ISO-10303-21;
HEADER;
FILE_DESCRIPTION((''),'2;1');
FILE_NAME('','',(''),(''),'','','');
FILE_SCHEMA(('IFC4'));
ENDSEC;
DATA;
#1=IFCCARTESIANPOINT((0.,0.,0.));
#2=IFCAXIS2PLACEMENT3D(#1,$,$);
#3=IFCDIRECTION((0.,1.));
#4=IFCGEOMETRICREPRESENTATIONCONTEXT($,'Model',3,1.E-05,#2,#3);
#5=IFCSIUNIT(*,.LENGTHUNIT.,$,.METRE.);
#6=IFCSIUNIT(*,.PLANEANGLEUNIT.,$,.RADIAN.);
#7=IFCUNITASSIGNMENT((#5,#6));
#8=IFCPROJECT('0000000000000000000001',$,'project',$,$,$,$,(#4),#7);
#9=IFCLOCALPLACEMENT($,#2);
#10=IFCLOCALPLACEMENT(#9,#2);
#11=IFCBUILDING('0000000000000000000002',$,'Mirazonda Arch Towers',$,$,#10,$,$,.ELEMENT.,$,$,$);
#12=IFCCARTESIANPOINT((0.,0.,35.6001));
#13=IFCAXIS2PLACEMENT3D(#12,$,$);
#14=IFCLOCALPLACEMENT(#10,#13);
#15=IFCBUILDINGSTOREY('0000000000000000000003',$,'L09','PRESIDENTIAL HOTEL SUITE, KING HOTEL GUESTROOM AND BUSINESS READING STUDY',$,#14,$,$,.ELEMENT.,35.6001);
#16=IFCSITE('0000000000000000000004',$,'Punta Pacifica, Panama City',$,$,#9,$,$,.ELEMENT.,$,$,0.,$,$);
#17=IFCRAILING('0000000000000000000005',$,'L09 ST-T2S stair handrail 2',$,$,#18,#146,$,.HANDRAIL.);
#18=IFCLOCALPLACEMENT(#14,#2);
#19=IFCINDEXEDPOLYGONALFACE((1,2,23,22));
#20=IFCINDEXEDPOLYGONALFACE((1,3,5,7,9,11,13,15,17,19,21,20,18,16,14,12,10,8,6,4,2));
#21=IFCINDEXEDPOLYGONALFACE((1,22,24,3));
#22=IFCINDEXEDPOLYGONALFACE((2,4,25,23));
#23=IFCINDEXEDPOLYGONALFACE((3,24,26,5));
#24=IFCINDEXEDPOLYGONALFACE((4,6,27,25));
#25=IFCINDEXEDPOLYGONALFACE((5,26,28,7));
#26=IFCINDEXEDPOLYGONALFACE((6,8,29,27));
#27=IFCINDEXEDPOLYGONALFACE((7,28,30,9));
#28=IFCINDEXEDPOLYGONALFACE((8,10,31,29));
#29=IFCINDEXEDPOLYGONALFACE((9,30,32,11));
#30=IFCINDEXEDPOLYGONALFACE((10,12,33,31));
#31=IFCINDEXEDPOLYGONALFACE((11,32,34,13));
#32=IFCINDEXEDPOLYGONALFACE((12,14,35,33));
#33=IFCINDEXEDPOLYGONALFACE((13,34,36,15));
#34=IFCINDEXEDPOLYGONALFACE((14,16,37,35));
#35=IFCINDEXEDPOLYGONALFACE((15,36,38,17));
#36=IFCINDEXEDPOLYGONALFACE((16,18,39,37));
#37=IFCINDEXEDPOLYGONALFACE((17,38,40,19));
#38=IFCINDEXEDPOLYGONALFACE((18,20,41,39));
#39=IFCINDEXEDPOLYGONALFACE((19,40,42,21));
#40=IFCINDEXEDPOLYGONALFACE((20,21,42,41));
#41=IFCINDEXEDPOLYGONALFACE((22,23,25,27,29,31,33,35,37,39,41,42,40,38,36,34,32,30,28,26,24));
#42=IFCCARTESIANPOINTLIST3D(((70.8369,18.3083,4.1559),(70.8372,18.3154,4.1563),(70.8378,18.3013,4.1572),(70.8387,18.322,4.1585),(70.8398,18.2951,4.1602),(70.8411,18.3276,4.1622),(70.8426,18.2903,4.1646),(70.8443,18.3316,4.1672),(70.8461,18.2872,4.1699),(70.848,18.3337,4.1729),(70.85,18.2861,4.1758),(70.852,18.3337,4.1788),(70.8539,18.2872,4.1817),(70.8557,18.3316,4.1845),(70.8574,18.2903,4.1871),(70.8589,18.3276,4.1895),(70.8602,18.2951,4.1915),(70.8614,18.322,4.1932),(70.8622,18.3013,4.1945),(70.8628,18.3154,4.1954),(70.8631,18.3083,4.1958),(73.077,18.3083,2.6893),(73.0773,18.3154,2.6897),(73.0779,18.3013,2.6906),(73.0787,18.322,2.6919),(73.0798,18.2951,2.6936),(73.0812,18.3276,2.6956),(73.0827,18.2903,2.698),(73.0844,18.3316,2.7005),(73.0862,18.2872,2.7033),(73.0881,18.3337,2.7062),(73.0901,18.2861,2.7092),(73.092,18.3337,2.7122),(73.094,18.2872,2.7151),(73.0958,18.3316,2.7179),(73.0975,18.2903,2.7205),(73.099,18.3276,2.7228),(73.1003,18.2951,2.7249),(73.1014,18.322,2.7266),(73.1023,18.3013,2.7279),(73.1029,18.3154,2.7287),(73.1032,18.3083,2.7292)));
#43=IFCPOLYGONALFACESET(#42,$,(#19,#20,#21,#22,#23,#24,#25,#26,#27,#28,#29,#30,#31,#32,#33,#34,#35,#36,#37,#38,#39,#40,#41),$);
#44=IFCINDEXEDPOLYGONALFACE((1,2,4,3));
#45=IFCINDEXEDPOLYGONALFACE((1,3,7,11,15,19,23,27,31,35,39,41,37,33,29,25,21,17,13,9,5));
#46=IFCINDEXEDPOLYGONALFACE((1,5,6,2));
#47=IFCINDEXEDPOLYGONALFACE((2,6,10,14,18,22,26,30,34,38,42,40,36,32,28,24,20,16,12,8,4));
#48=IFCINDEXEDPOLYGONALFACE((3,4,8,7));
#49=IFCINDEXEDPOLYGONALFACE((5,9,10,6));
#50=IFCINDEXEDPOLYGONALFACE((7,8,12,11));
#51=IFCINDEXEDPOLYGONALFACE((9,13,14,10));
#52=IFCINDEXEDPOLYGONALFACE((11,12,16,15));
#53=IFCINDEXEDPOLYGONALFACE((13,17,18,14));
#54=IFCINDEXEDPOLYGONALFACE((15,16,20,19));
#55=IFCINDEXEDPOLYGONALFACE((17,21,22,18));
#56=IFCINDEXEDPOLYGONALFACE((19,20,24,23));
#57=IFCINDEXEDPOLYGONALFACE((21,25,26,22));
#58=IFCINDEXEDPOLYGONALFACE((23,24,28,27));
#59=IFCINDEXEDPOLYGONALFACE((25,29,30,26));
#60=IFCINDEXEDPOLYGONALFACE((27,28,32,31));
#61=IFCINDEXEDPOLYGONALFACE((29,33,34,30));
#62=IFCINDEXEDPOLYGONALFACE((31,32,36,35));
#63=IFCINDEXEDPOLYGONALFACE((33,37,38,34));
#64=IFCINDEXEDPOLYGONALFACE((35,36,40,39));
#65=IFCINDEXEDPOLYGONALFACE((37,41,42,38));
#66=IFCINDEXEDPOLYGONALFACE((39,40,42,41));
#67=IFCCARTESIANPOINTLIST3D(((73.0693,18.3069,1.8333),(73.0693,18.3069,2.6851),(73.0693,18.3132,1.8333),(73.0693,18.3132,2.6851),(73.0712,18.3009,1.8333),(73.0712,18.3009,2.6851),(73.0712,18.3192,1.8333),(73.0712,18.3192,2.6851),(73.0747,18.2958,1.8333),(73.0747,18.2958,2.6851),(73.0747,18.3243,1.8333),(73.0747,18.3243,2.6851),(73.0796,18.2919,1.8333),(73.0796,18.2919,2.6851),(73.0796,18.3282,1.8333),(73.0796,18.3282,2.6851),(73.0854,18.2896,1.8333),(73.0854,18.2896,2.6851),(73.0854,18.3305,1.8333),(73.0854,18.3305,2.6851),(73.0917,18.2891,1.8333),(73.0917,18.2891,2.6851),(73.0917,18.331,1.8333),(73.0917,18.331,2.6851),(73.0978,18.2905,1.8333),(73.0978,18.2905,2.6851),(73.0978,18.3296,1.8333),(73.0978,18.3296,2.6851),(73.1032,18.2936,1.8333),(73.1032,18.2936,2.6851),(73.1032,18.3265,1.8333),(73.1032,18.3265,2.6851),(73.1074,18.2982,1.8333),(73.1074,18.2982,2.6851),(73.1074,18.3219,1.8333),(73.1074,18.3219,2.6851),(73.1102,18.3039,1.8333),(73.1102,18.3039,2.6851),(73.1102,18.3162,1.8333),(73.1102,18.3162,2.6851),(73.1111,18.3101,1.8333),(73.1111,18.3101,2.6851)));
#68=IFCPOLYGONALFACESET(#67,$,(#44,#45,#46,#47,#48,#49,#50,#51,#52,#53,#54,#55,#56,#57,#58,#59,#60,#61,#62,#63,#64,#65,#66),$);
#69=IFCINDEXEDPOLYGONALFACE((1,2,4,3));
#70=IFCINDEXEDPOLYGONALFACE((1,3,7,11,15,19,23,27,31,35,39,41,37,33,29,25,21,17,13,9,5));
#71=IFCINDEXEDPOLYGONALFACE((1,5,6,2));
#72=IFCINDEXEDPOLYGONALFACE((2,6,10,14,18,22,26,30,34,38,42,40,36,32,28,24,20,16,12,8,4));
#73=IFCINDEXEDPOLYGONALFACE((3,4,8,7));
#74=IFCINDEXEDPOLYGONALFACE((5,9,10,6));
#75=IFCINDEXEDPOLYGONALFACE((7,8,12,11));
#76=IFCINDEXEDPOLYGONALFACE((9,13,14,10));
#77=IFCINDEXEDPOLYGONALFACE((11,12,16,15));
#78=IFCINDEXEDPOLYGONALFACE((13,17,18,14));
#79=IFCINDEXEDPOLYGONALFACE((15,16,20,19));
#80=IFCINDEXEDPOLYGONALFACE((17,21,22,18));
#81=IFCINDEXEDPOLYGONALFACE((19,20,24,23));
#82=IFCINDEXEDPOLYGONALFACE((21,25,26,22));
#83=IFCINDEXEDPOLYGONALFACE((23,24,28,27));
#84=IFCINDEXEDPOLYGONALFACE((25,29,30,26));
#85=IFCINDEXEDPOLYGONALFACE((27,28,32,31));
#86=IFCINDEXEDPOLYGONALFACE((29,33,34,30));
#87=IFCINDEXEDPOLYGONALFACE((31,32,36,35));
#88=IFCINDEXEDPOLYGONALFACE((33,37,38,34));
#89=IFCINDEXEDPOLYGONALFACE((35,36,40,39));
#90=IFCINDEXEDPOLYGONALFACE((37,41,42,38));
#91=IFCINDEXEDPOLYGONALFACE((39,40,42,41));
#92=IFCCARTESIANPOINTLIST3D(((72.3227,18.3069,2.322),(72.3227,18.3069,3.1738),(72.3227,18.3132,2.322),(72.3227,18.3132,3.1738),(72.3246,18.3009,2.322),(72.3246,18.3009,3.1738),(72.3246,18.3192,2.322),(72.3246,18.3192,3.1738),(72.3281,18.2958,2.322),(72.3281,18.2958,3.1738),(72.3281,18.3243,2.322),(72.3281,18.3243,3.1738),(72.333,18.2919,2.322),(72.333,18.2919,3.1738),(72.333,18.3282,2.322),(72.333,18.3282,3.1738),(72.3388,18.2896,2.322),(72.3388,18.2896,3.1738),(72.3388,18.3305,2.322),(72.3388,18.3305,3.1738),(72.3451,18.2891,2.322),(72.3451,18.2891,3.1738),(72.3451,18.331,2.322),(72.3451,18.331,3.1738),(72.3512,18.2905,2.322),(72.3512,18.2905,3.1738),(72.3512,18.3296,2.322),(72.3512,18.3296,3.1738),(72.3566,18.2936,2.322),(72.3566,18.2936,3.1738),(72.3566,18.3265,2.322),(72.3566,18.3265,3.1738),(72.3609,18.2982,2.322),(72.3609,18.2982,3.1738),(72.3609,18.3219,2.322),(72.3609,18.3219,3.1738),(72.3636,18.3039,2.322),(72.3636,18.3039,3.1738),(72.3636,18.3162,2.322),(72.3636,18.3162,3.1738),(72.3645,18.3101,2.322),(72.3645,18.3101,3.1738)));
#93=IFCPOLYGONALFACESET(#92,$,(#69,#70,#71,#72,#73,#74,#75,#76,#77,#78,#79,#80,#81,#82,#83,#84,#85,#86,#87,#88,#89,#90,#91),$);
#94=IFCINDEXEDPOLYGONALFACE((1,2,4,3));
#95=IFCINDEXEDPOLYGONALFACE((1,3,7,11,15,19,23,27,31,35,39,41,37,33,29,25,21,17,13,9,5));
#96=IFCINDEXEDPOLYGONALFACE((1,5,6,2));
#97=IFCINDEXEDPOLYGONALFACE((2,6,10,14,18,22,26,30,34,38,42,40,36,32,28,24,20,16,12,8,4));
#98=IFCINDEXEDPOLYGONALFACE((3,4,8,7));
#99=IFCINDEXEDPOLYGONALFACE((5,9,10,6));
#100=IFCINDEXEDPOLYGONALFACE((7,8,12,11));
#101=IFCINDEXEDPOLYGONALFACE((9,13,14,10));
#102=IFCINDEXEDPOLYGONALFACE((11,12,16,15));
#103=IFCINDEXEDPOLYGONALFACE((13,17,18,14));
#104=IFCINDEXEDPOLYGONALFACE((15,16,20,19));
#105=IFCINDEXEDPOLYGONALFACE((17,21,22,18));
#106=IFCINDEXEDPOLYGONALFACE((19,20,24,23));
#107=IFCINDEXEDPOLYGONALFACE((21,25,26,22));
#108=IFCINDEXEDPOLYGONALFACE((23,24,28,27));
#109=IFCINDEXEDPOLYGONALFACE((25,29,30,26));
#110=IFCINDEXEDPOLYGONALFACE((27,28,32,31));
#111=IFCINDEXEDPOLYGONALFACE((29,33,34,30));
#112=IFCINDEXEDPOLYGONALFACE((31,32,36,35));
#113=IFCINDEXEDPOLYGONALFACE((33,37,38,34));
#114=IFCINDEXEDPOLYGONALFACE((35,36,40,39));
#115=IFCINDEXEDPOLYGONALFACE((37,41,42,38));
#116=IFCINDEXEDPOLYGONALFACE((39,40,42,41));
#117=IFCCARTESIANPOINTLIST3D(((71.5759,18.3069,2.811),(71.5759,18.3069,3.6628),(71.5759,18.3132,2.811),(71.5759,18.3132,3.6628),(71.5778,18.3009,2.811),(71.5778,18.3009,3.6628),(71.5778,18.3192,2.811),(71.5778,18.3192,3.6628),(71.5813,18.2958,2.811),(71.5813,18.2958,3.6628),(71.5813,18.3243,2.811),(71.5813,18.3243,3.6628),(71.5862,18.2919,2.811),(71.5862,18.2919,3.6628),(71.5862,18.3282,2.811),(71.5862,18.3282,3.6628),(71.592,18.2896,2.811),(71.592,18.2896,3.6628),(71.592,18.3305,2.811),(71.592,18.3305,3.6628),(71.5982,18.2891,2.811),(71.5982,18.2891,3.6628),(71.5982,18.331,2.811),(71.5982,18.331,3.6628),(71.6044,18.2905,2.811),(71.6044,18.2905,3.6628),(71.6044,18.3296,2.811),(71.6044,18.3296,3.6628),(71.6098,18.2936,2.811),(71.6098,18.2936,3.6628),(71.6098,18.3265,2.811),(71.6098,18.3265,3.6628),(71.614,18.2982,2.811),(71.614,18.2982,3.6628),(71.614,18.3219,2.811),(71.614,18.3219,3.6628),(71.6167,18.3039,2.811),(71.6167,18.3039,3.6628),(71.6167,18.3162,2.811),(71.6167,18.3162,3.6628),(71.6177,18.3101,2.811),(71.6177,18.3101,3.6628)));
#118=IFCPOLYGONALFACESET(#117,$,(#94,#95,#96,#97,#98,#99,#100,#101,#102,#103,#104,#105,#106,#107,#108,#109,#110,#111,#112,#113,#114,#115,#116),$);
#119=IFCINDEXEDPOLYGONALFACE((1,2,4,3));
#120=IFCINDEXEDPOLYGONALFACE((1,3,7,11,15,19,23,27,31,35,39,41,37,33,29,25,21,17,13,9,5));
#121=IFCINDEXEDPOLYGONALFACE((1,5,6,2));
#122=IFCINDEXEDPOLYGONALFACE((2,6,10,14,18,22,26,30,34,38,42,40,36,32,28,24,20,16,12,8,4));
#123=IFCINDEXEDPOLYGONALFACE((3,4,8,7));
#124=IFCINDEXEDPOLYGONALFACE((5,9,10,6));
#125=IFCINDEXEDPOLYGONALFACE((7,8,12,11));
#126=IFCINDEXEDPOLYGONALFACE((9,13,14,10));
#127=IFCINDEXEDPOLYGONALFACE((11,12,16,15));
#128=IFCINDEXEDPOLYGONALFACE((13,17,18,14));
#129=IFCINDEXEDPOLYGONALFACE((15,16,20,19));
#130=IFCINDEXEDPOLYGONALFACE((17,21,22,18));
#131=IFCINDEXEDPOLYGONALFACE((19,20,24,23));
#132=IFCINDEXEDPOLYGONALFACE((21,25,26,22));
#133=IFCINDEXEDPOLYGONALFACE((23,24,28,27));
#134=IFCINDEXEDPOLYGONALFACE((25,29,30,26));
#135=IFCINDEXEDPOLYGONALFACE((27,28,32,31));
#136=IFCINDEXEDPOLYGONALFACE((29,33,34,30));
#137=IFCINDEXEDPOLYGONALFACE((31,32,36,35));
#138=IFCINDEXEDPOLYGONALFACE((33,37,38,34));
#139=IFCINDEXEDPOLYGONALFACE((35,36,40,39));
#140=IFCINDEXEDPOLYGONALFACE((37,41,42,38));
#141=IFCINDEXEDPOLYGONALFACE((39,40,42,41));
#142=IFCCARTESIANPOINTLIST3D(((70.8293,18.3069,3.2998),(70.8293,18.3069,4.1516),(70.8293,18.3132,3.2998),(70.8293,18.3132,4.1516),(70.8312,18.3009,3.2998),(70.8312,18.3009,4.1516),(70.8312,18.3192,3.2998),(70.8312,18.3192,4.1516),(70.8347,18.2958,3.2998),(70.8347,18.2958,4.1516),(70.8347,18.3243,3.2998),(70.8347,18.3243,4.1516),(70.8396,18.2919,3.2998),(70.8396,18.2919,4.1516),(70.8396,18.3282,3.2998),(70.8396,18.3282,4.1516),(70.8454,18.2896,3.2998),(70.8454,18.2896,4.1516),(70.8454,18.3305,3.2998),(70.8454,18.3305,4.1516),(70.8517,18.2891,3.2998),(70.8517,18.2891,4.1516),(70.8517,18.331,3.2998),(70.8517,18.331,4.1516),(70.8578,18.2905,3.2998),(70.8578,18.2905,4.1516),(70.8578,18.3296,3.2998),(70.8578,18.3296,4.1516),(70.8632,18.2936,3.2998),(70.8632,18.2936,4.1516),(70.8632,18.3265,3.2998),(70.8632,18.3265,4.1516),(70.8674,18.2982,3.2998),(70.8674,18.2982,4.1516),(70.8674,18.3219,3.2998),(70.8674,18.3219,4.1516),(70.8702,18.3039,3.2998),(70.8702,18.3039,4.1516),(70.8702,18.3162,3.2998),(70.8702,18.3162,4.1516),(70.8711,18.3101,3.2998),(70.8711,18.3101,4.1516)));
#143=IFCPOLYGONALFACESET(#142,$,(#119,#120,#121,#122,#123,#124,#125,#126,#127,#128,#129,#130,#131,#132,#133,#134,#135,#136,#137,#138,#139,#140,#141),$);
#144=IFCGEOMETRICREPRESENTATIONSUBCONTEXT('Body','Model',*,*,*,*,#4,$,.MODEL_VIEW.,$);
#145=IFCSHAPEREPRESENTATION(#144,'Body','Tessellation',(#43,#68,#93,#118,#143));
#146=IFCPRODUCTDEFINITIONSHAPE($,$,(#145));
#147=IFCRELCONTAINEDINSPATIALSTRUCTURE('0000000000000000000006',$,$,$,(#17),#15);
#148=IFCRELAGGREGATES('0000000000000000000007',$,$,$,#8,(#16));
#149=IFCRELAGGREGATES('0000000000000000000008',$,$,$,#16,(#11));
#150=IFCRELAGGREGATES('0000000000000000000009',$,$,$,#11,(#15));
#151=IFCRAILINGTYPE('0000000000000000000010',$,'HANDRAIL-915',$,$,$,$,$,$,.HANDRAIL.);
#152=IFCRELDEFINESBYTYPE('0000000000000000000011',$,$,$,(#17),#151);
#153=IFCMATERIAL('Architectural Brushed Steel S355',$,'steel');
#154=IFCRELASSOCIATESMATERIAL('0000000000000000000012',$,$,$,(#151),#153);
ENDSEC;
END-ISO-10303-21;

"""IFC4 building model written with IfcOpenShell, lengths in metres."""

from ifc_helpers import new_model, si_unit, direction, frame, origin, origin_2d, place, context, subcontext, project, spatial, circle, extrude, material, type_object, element, save


model = new_model("IFC4")

# Units and contexts
model_context = context("Model", 3, precision=1e-05, world=origin(), true_north=direction((0.0, 1.0)))
body_context = subcontext(model_context, "Body", "Model", "MODEL_VIEW")
ifc_project = project(units=[si_unit("LENGTHUNIT", "METRE"), si_unit("PLANEANGLEUNIT", "RADIAN")], contexts=[model_context])

# Site, building, storey
site_placement = place(None, origin())
site = spatial("IfcSite", under=ifc_project, at=site_placement, Name="Punta Pacifica, Panama City", CompositionType="ELEMENT", RefElevation=0.0)
building_placement = place(site_placement, origin())
building = spatial("IfcBuilding", under=site, at=building_placement, Name="Mirazonda Arch Towers", CompositionType="ELEMENT")
storey_placement = place(building_placement, frame((0.0, 0.0, 35.6001)))
storey = spatial("IfcBuildingStorey", under=building, at=storey_placement, Name="L09", Description="PRESIDENTIAL HOTEL SUITE, KING HOTEL GUESTROOM AND BUSINESS READING STUDY", CompositionType="ELEMENT", Elevation=35.6001)

# Railing
ifc_material_1 = material(Name="Architectural Brushed Steel S355", Category="steel")
railing_type_1 = type_object("IfcRailingType", Name="HANDRAIL-915", PredefinedType="HANDRAIL", material=ifc_material_1)
railing_1_placement = place(storey_placement, frame((73.0901, 18.3101, 1.8333)))
element("IfcRailing", 1, at=railing_1_placement, inside=storey, type_object=railing_type_1, Name="L09 ST-T2S stair handrail 2", PredefinedType="HANDRAIL", context=body_context, shape_type="SweptSolid", body=[
    extrude(circle(Radius=0.0239, at=origin_2d()), frame((0.0, 0.0, 0.876), z_axis=(-0.836637, 0.0, 0.547758), x_axis=(0.0, -1.0, 0.0)), (0.0, 0.0, 1.0), 2.6775),
    extrude(circle(Radius=0.021, at=origin_2d()), origin(), (0.0, 0.0, 1.0), 0.8518),
    extrude(circle(Radius=0.021, at=origin_2d()), frame((-0.7466, 0.0, 0.4888)), (0.0, 0.0, 1.0), 0.8518),
    extrude(circle(Radius=0.021, at=origin_2d()), frame((-1.4934, 0.0, 0.9778)), (0.0, 0.0, 1.0), 0.8518),
    extrude(circle(Radius=0.021, at=origin_2d()), frame((-2.24, 0.0, 1.4666)), (0.0, 0.0, 1.0), 0.8518),
])

save(model, "model.ifc")
